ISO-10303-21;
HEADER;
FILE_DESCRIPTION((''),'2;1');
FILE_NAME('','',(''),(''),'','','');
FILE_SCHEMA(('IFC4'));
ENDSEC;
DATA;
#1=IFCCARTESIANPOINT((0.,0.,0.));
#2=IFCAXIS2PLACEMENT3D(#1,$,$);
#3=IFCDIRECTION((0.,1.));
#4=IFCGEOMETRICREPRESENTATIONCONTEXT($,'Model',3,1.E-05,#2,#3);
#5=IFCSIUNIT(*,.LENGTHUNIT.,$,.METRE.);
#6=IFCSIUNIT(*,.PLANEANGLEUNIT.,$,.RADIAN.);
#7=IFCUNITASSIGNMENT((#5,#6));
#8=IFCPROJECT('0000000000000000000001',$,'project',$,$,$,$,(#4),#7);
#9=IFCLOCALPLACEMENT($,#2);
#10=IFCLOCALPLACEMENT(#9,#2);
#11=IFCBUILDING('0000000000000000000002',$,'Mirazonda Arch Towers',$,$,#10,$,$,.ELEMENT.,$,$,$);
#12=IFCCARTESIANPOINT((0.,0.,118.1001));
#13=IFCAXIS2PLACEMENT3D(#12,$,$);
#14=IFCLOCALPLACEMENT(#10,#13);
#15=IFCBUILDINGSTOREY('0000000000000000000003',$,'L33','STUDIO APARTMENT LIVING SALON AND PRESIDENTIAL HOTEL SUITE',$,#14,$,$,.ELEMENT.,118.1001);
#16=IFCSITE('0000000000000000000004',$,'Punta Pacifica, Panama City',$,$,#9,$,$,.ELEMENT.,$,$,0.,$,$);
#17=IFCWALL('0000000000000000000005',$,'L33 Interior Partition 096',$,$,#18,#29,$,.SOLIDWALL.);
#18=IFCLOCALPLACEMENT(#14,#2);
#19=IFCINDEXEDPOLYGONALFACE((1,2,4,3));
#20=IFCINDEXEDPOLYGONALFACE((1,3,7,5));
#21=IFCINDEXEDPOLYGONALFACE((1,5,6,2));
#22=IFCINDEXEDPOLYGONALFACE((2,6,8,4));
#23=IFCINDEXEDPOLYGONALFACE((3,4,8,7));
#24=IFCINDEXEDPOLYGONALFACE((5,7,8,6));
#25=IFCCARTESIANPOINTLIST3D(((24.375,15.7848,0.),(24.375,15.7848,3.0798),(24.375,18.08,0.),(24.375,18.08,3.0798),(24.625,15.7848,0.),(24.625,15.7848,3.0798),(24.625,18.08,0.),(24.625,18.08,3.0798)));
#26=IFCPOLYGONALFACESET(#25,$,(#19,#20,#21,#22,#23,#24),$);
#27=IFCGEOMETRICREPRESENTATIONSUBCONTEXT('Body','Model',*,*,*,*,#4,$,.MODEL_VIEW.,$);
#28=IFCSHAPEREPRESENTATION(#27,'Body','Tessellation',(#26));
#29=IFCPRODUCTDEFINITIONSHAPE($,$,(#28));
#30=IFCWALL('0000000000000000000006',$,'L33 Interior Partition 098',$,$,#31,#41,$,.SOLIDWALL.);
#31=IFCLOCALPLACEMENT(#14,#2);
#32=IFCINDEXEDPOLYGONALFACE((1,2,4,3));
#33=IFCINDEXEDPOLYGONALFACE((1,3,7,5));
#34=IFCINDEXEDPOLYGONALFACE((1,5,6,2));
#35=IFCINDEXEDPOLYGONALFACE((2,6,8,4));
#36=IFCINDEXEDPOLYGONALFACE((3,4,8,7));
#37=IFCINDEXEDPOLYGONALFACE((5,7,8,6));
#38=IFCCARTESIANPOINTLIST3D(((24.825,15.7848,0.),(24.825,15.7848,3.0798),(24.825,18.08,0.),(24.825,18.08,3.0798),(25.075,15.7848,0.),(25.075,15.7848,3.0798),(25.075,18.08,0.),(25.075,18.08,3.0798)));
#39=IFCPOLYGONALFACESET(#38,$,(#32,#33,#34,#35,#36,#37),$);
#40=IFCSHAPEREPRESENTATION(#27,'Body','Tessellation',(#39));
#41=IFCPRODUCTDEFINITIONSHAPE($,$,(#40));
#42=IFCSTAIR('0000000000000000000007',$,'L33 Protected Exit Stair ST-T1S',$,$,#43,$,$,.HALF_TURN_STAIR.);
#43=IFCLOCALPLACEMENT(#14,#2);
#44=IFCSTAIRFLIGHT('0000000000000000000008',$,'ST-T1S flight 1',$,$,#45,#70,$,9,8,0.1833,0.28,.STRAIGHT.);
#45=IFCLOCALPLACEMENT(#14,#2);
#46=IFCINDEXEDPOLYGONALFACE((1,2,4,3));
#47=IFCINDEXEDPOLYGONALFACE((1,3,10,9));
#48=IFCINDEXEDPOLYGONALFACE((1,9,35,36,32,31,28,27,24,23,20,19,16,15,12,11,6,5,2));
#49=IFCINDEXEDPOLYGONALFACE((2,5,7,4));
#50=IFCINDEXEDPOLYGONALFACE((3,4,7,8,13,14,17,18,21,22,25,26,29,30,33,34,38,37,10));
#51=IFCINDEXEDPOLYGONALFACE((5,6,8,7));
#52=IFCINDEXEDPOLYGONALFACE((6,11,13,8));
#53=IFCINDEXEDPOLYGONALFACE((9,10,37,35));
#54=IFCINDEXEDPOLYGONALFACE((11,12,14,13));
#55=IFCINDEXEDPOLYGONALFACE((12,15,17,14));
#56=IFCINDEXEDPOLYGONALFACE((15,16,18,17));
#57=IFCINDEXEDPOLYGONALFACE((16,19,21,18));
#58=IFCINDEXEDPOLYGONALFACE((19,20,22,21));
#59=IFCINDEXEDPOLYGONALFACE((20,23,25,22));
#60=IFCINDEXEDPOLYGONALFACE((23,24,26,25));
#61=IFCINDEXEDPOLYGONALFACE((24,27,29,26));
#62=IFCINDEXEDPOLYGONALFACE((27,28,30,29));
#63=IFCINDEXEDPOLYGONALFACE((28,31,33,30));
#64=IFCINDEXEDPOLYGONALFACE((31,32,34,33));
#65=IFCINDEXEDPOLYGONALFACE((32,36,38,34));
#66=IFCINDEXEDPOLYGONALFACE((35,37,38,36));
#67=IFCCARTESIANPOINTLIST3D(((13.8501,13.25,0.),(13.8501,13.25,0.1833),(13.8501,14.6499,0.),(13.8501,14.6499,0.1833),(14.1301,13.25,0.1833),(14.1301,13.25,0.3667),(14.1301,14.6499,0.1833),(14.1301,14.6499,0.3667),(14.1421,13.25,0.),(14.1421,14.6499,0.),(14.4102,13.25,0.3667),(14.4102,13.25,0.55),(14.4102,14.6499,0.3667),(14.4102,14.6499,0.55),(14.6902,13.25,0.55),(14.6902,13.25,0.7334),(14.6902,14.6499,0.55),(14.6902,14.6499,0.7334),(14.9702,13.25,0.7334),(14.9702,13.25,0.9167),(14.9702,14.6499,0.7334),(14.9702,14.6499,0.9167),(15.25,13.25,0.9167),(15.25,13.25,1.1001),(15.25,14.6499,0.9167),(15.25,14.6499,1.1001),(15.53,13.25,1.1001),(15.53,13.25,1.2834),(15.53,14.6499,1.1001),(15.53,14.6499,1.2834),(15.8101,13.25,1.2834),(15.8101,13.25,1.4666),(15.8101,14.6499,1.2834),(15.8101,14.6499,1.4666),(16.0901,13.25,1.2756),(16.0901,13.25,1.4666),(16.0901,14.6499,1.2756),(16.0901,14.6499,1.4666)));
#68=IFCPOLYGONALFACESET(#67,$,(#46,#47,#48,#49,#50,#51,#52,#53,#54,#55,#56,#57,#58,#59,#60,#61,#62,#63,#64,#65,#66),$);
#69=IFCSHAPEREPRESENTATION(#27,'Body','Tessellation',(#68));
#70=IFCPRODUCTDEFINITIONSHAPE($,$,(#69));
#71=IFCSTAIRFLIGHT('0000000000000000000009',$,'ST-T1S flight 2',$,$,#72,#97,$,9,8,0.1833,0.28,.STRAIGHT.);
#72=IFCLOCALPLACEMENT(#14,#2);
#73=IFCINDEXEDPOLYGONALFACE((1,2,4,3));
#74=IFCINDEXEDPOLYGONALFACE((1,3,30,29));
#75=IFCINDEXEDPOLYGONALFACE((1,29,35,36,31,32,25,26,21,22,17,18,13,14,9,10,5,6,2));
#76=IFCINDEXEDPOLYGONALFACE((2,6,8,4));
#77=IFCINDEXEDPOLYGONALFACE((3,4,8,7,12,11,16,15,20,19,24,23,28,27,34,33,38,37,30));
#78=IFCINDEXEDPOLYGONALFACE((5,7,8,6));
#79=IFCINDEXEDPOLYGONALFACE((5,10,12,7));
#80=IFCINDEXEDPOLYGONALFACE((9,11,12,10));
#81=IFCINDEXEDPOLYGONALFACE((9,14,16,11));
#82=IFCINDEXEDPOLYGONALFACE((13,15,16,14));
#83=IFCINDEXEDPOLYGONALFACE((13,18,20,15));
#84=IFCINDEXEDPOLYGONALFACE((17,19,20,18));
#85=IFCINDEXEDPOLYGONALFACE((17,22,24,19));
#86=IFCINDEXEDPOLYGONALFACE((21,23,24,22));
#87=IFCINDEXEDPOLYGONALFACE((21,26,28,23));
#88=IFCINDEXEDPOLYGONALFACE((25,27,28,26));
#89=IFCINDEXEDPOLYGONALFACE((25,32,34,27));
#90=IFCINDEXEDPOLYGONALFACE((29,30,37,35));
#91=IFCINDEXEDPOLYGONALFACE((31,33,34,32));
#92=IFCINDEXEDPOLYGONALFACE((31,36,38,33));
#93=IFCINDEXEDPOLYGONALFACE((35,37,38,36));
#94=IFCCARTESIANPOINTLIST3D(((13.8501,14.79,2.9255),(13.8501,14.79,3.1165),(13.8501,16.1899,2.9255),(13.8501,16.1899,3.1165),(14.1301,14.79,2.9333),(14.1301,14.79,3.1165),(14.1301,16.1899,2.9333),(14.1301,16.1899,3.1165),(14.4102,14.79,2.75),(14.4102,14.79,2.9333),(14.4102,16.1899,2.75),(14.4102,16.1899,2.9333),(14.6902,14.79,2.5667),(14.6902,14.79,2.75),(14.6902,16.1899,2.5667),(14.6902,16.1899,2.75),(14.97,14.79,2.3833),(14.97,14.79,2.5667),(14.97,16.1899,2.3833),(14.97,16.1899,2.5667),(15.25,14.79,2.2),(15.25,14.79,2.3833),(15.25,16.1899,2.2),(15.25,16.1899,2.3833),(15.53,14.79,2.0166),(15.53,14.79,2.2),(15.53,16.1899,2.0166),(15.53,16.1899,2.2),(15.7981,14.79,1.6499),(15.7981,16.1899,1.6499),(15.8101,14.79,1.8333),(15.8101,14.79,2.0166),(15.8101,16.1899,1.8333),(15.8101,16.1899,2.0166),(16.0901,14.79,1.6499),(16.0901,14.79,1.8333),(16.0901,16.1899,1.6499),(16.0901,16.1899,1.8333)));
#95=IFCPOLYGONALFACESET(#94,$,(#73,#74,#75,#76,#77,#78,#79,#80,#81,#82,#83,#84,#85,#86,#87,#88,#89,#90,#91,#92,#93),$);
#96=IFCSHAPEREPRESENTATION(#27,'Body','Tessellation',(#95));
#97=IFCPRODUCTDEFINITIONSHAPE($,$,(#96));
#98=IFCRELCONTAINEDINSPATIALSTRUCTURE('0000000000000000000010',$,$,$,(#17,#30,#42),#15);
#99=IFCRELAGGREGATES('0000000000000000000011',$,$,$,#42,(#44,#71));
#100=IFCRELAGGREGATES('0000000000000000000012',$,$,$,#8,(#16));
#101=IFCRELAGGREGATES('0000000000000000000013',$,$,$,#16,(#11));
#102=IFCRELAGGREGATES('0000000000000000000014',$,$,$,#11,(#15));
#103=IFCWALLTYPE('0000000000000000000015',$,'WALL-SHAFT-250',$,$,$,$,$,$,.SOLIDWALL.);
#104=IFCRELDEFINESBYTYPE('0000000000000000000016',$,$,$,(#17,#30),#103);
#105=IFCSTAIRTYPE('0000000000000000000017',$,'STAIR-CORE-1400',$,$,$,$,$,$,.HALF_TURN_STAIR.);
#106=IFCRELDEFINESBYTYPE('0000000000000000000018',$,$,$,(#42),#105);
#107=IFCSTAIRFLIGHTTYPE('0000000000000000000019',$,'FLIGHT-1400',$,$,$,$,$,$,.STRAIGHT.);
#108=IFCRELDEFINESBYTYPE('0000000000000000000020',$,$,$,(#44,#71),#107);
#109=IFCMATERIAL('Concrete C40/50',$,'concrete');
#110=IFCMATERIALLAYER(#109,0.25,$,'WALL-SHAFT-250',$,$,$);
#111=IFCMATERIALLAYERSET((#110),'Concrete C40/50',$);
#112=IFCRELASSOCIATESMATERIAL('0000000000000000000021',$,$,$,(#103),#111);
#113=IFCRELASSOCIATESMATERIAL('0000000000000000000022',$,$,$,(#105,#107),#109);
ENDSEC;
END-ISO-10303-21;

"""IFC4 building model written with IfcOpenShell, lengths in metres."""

from ifc_helpers import new_model, si_unit, direction, frame, frame_2d, origin, place, context, subcontext, project, spatial, polyline, rectangle, outline, extrude, material, layer, layer_set, type_object, element, aggregate, save


model = new_model("IFC4")

# Units and contexts
model_context = context("Model", 3, precision=1e-05, world=origin(), true_north=direction((0.0, 1.0)))
body_context = subcontext(model_context, "Body", "Model", "MODEL_VIEW")
ifc_project = project(units=[si_unit("LENGTHUNIT", "METRE"), si_unit("PLANEANGLEUNIT", "RADIAN")], contexts=[model_context])

# Site, building, storey
site_placement = place(None, origin())
site = spatial("IfcSite", under=ifc_project, at=site_placement, Name="Punta Pacifica, Panama City", CompositionType="ELEMENT", RefElevation=0.0)
building_placement = place(site_placement, origin())
building = spatial("IfcBuilding", under=site, at=building_placement, Name="Mirazonda Arch Towers", CompositionType="ELEMENT")
storey_placement = place(building_placement, frame((0.0, 0.0, 118.1001)))
storey = spatial("IfcBuildingStorey", under=building, at=storey_placement, Name="L33", Description="STUDIO APARTMENT LIVING SALON AND PRESIDENTIAL HOTEL SUITE", CompositionType="ELEMENT", Elevation=118.1001)

# Walls
ifc_material_1 = material(Name="Concrete C40/50", Category="concrete")
ifc_layer_1 = layer(ifc_material_1, 0.25, Name="WALL-SHAFT-250")
ifc_layer_set_1 = layer_set([ifc_layer_1], Name="Concrete C40/50")
wall_type_1 = type_object("IfcWallType", Name="WALL-SHAFT-250", PredefinedType="SOLIDWALL", material=ifc_layer_set_1)
for number, where, z_axis, x_axis, name in (
    (1, (24.5, 15.7849, 0.0), (0.0, 0.0, 1.0), (0.0, 1.0, 0.0), "L33 Interior Partition 096"),
    (2, (24.95, 15.7849, 0.0), (0.0, 0.0, 1.0), (0.0, 1.0, 0.0), "L33 Interior Partition 098"),
):
    element("IfcWall", number, at=place(storey_placement, frame(where, z_axis=z_axis, x_axis=x_axis)), inside=storey, type_object=wall_type_1, Name=name, PredefinedType="SOLIDWALL", context=body_context, shape_type="SweptSolid", body=[
        extrude(rectangle(XDim=2.2952, YDim=0.25, at=frame_2d((1.1475, 0.0))), origin(), (0.0, 0.0, 1.0), 3.0798),
    ])

# Stair, stair flights
stair_type = type_object("IfcStairType", Name="STAIR-CORE-1400", PredefinedType="HALF_TURN_STAIR", material=ifc_material_1)
stair_placement = place(storey_placement, origin())
stair = element("IfcStair", 3, at=stair_placement, inside=storey, type_object=stair_type, Name="L33 Protected Exit Stair ST-T1S", PredefinedType="HALF_TURN_STAIR")
stair_flight_type = type_object("IfcStairFlightType", Name="FLIGHT-1400", PredefinedType="STRAIGHT", material=ifc_material_1)
stair_flight_1_placement = place(storey_placement, frame((13.8501, 13.95, 0.0), z_axis=(0.0, 0.0, 1.0), x_axis=(1.0, 0.0, 0.0)))
stair_flight_1 = element("IfcStairFlight", 4, at=stair_flight_1_placement, type_object=stair_flight_type, Name="ST-T1S flight 1", NumberOfRisers=9, NumberOfTreads=8, PredefinedType="STRAIGHT", RiserHeight=0.1833, TreadLength=0.28, context=body_context, shape_type="SweptSolid", body=[
    extrude(outline(polyline([(0.0, 0.0), (0.0, 0.1833), (0.28, 0.1833), (0.28, 0.3667), (0.5601, 0.3667), (0.5601, 0.55), (0.8401, 0.55), (0.8401, 0.7334), (1.1201, 0.7334), (1.1201, 0.9167), (1.3999, 0.9167), (1.3999, 1.1001), (1.6799, 1.1001), (1.6799, 1.2834), (1.96, 1.2834), (1.96, 1.4666), (2.24, 1.4666), (2.24, 1.6499), (2.24, 1.2756), (0.292, 0.0), (0.0, 0.0)])), frame((0.0, 0.7, 0.0), z_axis=(0.0, -1.0, 0.0), x_axis=(1.0, 0.0, 0.0)), (0.0, 0.0, 1.0), 1.3999),
])
stair_flight_2_placement = place(storey_placement, frame((16.0901, 15.49, 1.6499), z_axis=(0.0, 0.0, 1.0), x_axis=(-1.0, 0.0, 0.0)))
stair_flight_2 = element("IfcStairFlight", 5, at=stair_flight_2_placement, type_object=stair_flight_type, Name="ST-T1S flight 2", NumberOfRisers=9, NumberOfTreads=8, PredefinedType="STRAIGHT", RiserHeight=0.1833, TreadLength=0.28, context=body_context, shape_type="SweptSolid", body=[
    extrude(outline(polyline([(0.0, 0.0), (0.0, 0.1833), (0.28, 0.1833), (0.28, 0.3667), (0.5601, 0.3667), (0.5601, 0.55), (0.8401, 0.55), (0.8401, 0.7334), (1.1201, 0.7334), (1.1201, 0.9167), (1.3999, 0.9167), (1.3999, 1.1001), (1.6799, 1.1001), (1.6799, 1.2834), (1.96, 1.2834), (1.96, 1.4666), (2.24, 1.4666), (2.24, 1.6499), (2.24, 1.2756), (0.292, 0.0), (0.0, 0.0)])), frame((0.0, 0.7, 0.0), z_axis=(0.0, -1.0, 0.0), x_axis=(1.0, 0.0, 0.0)), (0.0, 0.0, 1.0), 1.3999),
])
aggregate(stair, [stair_flight_1, stair_flight_2])

save(model, "model.ifc")
